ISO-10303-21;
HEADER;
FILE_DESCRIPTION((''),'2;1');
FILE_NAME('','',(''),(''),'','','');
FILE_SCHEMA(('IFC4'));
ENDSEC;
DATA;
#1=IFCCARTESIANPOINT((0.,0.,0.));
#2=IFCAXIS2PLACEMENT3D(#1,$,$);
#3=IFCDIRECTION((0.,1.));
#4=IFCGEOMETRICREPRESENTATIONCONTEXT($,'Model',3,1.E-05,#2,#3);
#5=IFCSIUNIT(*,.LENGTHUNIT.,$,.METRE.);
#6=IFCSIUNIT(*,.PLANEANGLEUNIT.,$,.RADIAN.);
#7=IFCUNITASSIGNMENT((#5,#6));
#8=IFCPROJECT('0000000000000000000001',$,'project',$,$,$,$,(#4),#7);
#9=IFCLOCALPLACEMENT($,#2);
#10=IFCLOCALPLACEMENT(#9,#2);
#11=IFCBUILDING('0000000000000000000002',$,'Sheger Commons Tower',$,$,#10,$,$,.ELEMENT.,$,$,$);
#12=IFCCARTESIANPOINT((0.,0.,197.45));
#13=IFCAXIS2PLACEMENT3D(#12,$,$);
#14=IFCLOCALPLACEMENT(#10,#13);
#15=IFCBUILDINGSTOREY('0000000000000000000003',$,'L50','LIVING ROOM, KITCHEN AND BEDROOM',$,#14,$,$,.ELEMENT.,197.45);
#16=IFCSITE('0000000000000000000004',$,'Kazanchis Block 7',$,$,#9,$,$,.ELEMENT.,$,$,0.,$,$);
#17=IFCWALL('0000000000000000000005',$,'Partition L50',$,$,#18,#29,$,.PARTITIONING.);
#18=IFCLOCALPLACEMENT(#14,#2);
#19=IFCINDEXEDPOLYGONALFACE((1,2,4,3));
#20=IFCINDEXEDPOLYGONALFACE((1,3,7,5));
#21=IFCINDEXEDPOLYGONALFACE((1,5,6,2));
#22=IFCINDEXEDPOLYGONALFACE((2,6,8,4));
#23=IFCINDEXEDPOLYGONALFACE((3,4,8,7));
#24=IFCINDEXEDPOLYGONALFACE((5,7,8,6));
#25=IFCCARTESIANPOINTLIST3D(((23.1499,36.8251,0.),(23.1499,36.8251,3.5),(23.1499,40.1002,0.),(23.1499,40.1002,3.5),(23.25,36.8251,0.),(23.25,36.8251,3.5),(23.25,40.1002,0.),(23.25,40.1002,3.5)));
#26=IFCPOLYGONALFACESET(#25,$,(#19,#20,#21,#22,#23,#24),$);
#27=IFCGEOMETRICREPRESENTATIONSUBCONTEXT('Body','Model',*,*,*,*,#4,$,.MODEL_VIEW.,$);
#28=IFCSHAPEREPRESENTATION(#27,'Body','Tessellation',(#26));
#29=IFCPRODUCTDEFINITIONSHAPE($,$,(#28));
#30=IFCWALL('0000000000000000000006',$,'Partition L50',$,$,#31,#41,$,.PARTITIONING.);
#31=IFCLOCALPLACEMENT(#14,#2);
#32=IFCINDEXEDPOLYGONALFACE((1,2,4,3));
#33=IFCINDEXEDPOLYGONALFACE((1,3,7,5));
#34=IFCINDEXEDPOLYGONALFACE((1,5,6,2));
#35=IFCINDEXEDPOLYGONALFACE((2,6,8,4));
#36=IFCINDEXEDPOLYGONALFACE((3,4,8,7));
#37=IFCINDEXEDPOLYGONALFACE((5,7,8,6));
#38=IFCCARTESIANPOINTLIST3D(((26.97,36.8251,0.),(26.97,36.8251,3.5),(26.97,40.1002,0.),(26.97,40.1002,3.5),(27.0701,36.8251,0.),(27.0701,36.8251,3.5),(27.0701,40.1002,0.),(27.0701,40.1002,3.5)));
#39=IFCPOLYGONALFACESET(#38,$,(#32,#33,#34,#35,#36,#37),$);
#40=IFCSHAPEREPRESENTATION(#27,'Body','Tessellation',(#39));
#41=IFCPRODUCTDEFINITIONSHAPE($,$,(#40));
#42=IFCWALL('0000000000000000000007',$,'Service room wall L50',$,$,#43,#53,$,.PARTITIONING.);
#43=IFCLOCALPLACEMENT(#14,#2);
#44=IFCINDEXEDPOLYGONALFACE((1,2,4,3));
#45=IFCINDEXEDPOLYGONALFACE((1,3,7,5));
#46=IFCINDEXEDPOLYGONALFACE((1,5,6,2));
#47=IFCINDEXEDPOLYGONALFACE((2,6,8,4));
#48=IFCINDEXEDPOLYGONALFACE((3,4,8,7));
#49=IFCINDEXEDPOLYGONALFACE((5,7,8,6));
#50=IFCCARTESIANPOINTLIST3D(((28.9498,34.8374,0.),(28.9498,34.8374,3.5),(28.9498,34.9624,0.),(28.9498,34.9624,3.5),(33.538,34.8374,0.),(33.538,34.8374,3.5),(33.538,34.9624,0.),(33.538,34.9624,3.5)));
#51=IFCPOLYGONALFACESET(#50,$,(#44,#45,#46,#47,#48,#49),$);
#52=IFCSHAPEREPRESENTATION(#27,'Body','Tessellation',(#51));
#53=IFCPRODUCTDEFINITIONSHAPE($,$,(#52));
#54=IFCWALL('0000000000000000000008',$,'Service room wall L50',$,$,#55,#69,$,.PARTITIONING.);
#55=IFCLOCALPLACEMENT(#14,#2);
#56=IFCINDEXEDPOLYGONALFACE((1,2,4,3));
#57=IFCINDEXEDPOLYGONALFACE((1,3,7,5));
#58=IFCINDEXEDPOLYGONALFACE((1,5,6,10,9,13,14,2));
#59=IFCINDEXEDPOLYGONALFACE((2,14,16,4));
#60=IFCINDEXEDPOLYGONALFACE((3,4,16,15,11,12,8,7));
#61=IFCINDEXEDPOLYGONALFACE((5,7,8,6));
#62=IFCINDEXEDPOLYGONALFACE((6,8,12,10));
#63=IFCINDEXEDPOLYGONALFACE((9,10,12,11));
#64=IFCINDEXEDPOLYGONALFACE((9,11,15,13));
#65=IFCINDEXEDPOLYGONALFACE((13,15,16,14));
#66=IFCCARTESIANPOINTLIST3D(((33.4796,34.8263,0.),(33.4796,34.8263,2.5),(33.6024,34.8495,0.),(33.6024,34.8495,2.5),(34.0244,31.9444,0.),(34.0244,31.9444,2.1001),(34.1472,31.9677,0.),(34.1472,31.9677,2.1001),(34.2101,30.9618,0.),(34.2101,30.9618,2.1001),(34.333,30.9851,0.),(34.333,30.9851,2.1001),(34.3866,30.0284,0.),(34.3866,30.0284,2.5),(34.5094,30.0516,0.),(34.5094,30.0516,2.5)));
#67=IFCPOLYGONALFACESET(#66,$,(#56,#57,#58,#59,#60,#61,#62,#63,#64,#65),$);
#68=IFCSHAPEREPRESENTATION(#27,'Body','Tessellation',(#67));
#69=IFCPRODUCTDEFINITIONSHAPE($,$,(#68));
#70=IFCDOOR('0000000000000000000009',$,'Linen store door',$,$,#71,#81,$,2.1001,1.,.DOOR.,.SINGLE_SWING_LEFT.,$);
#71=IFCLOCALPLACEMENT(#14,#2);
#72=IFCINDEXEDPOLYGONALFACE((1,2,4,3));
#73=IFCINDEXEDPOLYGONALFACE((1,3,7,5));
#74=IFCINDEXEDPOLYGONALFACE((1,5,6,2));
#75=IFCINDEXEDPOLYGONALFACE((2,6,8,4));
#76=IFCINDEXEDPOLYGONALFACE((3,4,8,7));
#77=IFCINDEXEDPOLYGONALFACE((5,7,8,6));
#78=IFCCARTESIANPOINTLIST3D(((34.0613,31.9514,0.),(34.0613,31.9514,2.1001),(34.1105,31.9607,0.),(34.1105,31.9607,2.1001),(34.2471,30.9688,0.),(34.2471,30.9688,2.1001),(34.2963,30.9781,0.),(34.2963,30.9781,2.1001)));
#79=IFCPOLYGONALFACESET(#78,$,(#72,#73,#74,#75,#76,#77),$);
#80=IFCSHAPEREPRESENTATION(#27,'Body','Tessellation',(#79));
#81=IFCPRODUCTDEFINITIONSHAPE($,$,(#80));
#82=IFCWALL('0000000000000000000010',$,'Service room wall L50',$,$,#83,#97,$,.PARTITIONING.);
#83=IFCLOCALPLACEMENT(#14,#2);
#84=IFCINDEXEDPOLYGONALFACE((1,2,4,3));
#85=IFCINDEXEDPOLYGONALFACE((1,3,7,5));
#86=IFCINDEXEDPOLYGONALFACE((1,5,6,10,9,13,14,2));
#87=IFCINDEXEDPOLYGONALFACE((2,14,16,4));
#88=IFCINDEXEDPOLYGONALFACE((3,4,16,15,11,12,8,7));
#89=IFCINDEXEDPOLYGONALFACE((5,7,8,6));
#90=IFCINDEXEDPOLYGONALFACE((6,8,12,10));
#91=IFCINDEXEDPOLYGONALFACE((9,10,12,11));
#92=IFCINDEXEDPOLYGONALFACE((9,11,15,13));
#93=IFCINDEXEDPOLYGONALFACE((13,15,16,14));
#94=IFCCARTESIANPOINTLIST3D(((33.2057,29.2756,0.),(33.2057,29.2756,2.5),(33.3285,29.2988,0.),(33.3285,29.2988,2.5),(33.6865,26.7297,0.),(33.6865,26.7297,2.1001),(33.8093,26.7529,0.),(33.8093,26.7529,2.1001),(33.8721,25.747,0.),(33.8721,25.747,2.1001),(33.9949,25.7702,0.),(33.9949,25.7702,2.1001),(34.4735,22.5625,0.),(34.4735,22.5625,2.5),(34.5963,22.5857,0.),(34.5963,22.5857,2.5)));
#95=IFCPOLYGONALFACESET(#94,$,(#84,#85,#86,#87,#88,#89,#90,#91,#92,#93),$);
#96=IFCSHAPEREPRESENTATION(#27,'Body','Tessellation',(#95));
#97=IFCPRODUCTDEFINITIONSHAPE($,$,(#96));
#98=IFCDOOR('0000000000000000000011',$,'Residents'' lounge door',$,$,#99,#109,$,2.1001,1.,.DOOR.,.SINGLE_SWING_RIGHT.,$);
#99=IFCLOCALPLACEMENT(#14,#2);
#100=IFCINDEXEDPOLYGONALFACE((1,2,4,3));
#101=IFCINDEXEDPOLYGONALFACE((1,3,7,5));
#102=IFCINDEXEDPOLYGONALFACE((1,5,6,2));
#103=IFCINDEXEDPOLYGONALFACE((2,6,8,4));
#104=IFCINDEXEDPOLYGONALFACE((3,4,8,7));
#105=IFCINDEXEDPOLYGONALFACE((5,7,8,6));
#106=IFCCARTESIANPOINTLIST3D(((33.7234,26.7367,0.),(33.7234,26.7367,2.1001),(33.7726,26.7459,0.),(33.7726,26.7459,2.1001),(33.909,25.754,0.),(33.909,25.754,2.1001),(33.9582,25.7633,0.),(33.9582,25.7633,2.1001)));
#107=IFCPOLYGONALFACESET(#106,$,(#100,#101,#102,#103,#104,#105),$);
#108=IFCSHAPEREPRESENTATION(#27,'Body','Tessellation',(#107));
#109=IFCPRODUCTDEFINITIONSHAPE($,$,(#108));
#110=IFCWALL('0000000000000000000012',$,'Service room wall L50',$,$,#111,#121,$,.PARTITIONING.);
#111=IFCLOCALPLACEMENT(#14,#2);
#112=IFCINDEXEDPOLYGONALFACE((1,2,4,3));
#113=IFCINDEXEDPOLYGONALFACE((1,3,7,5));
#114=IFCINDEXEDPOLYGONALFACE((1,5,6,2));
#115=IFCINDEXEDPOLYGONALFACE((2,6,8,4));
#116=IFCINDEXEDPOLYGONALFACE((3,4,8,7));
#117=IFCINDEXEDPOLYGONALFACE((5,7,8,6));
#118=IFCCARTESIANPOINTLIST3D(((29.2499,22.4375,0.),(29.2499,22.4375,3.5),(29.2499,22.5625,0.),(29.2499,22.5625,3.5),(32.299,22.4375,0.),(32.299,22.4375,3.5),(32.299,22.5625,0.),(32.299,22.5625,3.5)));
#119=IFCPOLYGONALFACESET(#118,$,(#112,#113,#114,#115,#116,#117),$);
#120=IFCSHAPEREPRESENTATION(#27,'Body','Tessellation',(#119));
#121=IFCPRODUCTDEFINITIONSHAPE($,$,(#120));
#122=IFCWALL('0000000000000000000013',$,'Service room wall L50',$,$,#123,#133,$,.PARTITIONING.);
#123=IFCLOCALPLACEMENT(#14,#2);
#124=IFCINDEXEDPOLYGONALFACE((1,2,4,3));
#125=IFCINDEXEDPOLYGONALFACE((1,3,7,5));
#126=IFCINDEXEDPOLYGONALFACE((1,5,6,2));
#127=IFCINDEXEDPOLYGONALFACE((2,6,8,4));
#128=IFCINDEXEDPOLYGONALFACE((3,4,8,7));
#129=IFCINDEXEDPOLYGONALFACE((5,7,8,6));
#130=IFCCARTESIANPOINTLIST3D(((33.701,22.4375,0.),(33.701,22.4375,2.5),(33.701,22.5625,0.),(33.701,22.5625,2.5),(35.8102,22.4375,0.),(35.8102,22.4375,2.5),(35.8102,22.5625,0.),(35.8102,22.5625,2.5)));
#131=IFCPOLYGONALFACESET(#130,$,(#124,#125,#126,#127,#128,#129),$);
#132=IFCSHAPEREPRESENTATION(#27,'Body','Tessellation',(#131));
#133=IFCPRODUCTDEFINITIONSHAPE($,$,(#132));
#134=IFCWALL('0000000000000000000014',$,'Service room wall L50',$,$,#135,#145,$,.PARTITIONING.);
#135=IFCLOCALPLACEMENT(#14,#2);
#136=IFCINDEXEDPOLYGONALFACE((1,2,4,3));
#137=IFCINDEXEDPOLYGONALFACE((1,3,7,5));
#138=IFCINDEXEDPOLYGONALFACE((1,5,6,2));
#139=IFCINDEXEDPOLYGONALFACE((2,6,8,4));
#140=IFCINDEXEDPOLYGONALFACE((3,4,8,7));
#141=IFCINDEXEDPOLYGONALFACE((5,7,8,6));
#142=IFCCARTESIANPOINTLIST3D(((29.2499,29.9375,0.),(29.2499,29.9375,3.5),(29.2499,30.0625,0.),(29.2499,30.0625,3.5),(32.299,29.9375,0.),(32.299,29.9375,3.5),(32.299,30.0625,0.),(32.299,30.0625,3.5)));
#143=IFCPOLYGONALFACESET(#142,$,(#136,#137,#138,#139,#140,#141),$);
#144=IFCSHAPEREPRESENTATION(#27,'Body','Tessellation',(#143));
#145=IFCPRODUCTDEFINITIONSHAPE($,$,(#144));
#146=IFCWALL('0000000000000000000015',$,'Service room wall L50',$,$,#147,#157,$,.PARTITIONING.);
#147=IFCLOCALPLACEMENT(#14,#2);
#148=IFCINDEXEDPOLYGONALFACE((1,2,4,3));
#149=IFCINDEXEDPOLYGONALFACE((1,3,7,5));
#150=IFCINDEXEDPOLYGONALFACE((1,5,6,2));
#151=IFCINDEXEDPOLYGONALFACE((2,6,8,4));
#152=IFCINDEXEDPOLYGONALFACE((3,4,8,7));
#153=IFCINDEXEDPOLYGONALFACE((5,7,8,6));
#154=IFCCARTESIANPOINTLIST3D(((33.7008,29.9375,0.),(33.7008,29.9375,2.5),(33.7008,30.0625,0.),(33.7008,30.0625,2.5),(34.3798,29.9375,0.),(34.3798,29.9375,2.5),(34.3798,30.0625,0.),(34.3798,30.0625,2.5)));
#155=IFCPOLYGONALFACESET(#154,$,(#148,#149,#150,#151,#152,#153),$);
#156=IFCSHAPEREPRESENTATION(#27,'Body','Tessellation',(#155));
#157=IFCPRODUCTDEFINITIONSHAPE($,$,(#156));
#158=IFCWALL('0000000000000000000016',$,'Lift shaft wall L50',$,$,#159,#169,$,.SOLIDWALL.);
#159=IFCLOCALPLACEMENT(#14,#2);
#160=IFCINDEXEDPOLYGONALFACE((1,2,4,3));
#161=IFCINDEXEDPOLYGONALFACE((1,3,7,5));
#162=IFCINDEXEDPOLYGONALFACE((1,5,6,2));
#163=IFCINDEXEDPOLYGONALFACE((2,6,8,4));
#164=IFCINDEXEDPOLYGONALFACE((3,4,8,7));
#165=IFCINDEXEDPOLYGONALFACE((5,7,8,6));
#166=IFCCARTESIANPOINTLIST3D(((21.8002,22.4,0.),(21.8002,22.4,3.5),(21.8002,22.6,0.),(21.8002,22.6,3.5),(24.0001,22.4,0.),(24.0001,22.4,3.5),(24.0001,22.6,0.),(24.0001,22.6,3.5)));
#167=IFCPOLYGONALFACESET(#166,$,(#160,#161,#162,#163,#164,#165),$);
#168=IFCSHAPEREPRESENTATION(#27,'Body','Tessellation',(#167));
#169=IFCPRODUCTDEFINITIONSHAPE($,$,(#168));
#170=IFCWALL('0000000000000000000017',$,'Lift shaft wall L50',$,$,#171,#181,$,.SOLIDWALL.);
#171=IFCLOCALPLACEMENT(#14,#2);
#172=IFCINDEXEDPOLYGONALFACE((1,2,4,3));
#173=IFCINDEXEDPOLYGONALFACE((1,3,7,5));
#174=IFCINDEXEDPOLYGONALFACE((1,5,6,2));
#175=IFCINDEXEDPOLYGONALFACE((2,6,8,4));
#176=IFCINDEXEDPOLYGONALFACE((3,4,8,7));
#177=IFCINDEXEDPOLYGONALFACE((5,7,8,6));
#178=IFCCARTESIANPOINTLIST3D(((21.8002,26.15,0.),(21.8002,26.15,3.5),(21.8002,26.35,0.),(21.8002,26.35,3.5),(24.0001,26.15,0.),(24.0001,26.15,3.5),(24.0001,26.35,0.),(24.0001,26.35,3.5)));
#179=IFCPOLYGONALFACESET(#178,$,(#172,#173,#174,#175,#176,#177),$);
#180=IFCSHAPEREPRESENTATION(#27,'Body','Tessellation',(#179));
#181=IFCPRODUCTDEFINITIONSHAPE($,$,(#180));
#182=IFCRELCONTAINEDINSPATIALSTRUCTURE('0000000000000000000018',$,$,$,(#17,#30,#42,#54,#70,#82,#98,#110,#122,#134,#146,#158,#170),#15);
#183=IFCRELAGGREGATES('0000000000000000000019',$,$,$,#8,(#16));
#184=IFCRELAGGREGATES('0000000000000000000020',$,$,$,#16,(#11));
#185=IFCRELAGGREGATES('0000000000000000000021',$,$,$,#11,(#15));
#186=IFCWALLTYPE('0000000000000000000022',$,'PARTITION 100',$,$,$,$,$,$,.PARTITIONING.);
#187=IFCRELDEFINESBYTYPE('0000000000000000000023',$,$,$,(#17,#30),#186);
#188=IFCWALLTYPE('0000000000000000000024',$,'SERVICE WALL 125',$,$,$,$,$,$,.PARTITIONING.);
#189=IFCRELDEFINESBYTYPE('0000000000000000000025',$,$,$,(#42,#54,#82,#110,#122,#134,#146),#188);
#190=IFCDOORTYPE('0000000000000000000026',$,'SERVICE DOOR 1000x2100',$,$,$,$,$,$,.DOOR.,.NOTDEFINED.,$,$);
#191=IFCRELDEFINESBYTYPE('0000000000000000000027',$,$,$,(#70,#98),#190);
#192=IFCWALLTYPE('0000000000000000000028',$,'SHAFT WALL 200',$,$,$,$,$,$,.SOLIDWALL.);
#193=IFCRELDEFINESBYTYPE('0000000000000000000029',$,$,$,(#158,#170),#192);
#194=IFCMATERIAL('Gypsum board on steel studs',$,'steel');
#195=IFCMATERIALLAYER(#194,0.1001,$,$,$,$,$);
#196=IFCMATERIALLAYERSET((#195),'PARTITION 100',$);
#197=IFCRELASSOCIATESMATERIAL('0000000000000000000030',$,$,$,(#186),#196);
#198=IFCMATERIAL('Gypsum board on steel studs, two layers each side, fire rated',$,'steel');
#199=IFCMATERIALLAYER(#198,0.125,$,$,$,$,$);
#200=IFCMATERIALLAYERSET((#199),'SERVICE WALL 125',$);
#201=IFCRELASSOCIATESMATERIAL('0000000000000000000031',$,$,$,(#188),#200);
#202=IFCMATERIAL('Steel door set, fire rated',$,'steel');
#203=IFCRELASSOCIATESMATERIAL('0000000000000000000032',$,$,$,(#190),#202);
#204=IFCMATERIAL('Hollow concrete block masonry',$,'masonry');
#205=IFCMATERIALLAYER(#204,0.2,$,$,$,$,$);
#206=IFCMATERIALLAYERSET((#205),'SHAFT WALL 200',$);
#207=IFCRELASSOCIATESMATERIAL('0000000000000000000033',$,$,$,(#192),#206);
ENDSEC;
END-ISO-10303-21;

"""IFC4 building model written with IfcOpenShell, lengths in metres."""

from ifc_helpers import new_model, si_unit, direction, frame, frame_2d, origin, place, context, subcontext, project, spatial, rectangle, extrude, material, layer, layer_set, type_object, element, fill, save


model = new_model("IFC4")

# Units and contexts
model_context = context("Model", 3, precision=1e-05, world=origin(), true_north=direction((0.0, 1.0)))
body_context = subcontext(model_context, "Body", "Model", "MODEL_VIEW")
ifc_project = project(units=[si_unit("LENGTHUNIT", "METRE"), si_unit("PLANEANGLEUNIT", "RADIAN")], contexts=[model_context])

# Site, building, storey
site_placement = place(None, origin())
site = spatial("IfcSite", under=ifc_project, at=site_placement, Name="Kazanchis Block 7", CompositionType="ELEMENT", RefElevation=0.0)
building_placement = place(site_placement, origin())
building = spatial("IfcBuilding", under=site, at=building_placement, Name="Sheger Commons Tower", CompositionType="ELEMENT")
storey_placement = place(building_placement, frame((0.0, 0.0, 197.45)))
storey = spatial("IfcBuildingStorey", under=building, at=storey_placement, Name="L50", Description="LIVING ROOM, KITCHEN AND BEDROOM", CompositionType="ELEMENT", Elevation=197.45)

# Walls
ifc_material_1 = material(Name="Gypsum board on steel studs", Category="steel")
ifc_layer_1 = layer(ifc_material_1, 0.1001)
ifc_layer_set_1 = layer_set([ifc_layer_1], Name="PARTITION 100")
wall_type_1 = type_object("IfcWallType", Name="PARTITION 100", PredefinedType="PARTITIONING", material=ifc_layer_set_1)
for number, where, z_axis, x_axis, name in (
    (1, (23.2, 36.825, 0.0), (0.0, 0.0, 1.0), (0.0, 1.0, 0.0), "Partition L50"),
    (2, (27.02, 36.825, 0.0), (0.0, 0.0, 1.0), (0.0, 1.0, 0.0), "Partition L50"),
):
    element("IfcWall", number, at=place(storey_placement, frame(where, z_axis=z_axis, x_axis=x_axis)), inside=storey, type_object=wall_type_1, Name=name, PredefinedType="PARTITIONING", context=body_context, shape_type="SweptSolid", body=[
        extrude(rectangle(XDim=3.2751, YDim=0.1001, at=frame_2d((1.6377, 0.0))), origin(), (0.0, 0.0, 1.0), 3.5),
    ])
ifc_material_2 = material(Name="Gypsum board on steel studs, two layers each side, fire rated", Category="steel")
ifc_layer_2 = layer(ifc_material_2, 0.125)
ifc_layer_set_2 = layer_set([ifc_layer_2], Name="SERVICE WALL 125")
wall_type_2 = type_object("IfcWallType", Name="SERVICE WALL 125", PredefinedType="PARTITIONING", material=ifc_layer_set_2)
wall_1_placement = place(storey_placement, frame((28.95, 34.8999, 0.0), z_axis=(0.0, 0.0, 1.0), x_axis=(1.0, 0.0, 0.0)))
element("IfcWall", 3, at=wall_1_placement, inside=storey, type_object=wall_type_2, Name="Service room wall L50", PredefinedType="PARTITIONING", context=body_context, shape_type="SweptSolid", body=[
    extrude(rectangle(XDim=4.5881, YDim=0.125, at=frame_2d((2.2939, 0.0))), origin(), (0.0, 0.0, 1.0), 3.5),
])

# Walls, openings, doors
wall_2_placement = place(storey_placement, frame((34.448, 30.04, 0.0), z_axis=(0.0, 0.0, 1.0), x_axis=(-0.185749, 0.982597, 0.0)))
wall_2 = element("IfcWall", 4, at=wall_2_placement, inside=storey, type_object=wall_type_2, Name="Service room wall L50", PredefinedType="PARTITIONING", context=body_context, shape_type="SweptSolid", body=[
    extrude(rectangle(XDim=4.8828, YDim=0.125, at=frame_2d((2.4414, 0.0))), origin(), (0.0, 0.0, 1.0), 2.5),
])
opening_1_placement = place(wall_2_placement, frame((0.95, 0.0, 0.0)))
opening_1 = element("IfcOpeningElement", 5, at=opening_1_placement, cuts=wall_2, PredefinedType="OPENING", context=body_context, shape_type="SweptSolid", body=[
    extrude(rectangle(XDim=1.0, YDim=2.1001, at=frame_2d((0.5, 1.05))), frame((0.0, 0.0725, 0.0), z_axis=(0.0, -1.0, 0.0), x_axis=(1.0, 0.0, 0.0)), (0.0, 0.0, 1.0), 0.145),
])
ifc_material_3 = material(Name="Steel door set, fire rated", Category="steel")
door_type_1 = type_object("IfcDoorType", Name="SERVICE DOOR 1000x2100", OperationType="NOTDEFINED", PredefinedType="DOOR", material=ifc_material_3)
door_1_placement = place(opening_1_placement, origin())
door_1 = element("IfcDoor", 6, at=door_1_placement, inside=storey, type_object=door_type_1, Name="Linen store door", OperationType="SINGLE_SWING_LEFT", OverallHeight=2.1001, OverallWidth=1.0, PredefinedType="DOOR", context=body_context, shape_type="SweptSolid", body=[
    extrude(rectangle(XDim=1.0, YDim=2.1001, at=frame_2d((0.5, 1.05))), frame((0.0, 0.0249, 0.0), z_axis=(0.0, -1.0, 0.0), x_axis=(1.0, 0.0, 0.0)), (0.0, 0.0, 1.0), 0.05),
])
fill(opening_1, door_1)
wall_3_placement = place(storey_placement, frame((34.5349, 22.574, 0.0), z_axis=(0.0, 0.0, 1.0), x_axis=(-0.185576, 0.98263, 0.0)))
wall_3 = element("IfcWall", 7, at=wall_3_placement, inside=storey, type_object=wall_type_2, Name="Service room wall L50", PredefinedType="PARTITIONING", context=body_context, shape_type="SweptSolid", body=[
    extrude(rectangle(XDim=6.8318, YDim=0.125, at=frame_2d((3.416, 0.0))), origin(), (0.0, 0.0, 1.0), 2.5),
])
opening_2_placement = place(wall_3_placement, frame((3.241, 0.0, 0.0)))
opening_2 = element("IfcOpeningElement", 8, at=opening_2_placement, cuts=wall_3, PredefinedType="OPENING", context=body_context, shape_type="SweptSolid", body=[
    extrude(rectangle(XDim=1.0, YDim=2.1001, at=frame_2d((0.5, 1.05))), frame((0.0, 0.0725, 0.0), z_axis=(0.0, -1.0, 0.0), x_axis=(1.0, 0.0, 0.0)), (0.0, 0.0, 1.0), 0.145),
])
door_2_placement = place(opening_2_placement, origin())
door_2 = element("IfcDoor", 9, at=door_2_placement, inside=storey, type_object=door_type_1, Name="Residents' lounge door", OperationType="SINGLE_SWING_RIGHT", OverallHeight=2.1001, OverallWidth=1.0, PredefinedType="DOOR", context=body_context, shape_type="SweptSolid", body=[
    extrude(rectangle(XDim=1.0, YDim=2.1001, at=frame_2d((0.5, 1.05))), frame((0.0, 0.0249, 0.0), z_axis=(0.0, -1.0, 0.0), x_axis=(1.0, 0.0, 0.0)), (0.0, 0.0, 1.0), 0.05),
])
fill(opening_2, door_2)

# Walls
wall_4_placement = place(storey_placement, frame((29.25, 22.5, 0.0), z_axis=(0.0, 0.0, 1.0), x_axis=(1.0, 0.0, 0.0)))
element("IfcWall", 10, at=wall_4_placement, inside=storey, type_object=wall_type_2, Name="Service room wall L50", PredefinedType="PARTITIONING", context=body_context, shape_type="SweptSolid", body=[
    extrude(rectangle(XDim=3.0491, YDim=0.125, at=frame_2d((1.5244, 0.0))), origin(), (0.0, 0.0, 1.0), 3.5),
])
wall_5_placement = place(storey_placement, frame((33.7009, 22.5, 0.0), z_axis=(0.0, 0.0, 1.0), x_axis=(1.0, 0.0, 0.0)))
element("IfcWall", 11, at=wall_5_placement, inside=storey, type_object=wall_type_2, Name="Service room wall L50", PredefinedType="PARTITIONING", context=body_context, shape_type="SweptSolid", body=[
    extrude(rectangle(XDim=2.1091, YDim=0.125, at=frame_2d((1.0547, 0.0))), origin(), (0.0, 0.0, 1.0), 2.5),
])
wall_6_placement = place(storey_placement, frame((29.25, 30.0, 0.0), z_axis=(0.0, 0.0, 1.0), x_axis=(1.0, 0.0, 0.0)))
element("IfcWall", 12, at=wall_6_placement, inside=storey, type_object=wall_type_2, Name="Service room wall L50", PredefinedType="PARTITIONING", context=body_context, shape_type="SweptSolid", body=[
    extrude(rectangle(XDim=3.0491, YDim=0.125, at=frame_2d((1.5244, 0.0))), origin(), (0.0, 0.0, 1.0), 3.5),
])
wall_7_placement = place(storey_placement, frame((33.7009, 30.0, 0.0), z_axis=(0.0, 0.0, 1.0), x_axis=(1.0, 0.0, 0.0)))
element("IfcWall", 13, at=wall_7_placement, inside=storey, type_object=wall_type_2, Name="Service room wall L50", PredefinedType="PARTITIONING", context=body_context, shape_type="SweptSolid", body=[
    extrude(rectangle(XDim=0.679, YDim=0.125, at=frame_2d((0.3394, 0.0))), origin(), (0.0, 0.0, 1.0), 2.5),
])
ifc_material_4 = material(Name="Hollow concrete block masonry", Category="masonry")
ifc_layer_3 = layer(ifc_material_4, 0.2)
ifc_layer_set_3 = layer_set([ifc_layer_3], Name="SHAFT WALL 200")
wall_type_3 = type_object("IfcWallType", Name="SHAFT WALL 200", PredefinedType="SOLIDWALL", material=ifc_layer_set_3)
for number, where, z_axis, x_axis, name in (
    (14, (21.8, 22.5, 0.0), (0.0, 0.0, 1.0), (1.0, 0.0, 0.0), "Lift shaft wall L50"),
    (15, (21.8, 26.25, 0.0), (0.0, 0.0, 1.0), (1.0, 0.0, 0.0), "Lift shaft wall L50"),
):
    element("IfcWall", number, at=place(storey_placement, frame(where, z_axis=z_axis, x_axis=x_axis)), inside=storey, type_object=wall_type_3, Name=name, PredefinedType="SOLIDWALL", context=body_context, shape_type="SweptSolid", body=[
        extrude(rectangle(XDim=2.2, YDim=0.2, at=frame_2d((1.1001, 0.0))), origin(), (0.0, 0.0, 1.0), 3.5),
    ])

save(model, "model.ifc")
